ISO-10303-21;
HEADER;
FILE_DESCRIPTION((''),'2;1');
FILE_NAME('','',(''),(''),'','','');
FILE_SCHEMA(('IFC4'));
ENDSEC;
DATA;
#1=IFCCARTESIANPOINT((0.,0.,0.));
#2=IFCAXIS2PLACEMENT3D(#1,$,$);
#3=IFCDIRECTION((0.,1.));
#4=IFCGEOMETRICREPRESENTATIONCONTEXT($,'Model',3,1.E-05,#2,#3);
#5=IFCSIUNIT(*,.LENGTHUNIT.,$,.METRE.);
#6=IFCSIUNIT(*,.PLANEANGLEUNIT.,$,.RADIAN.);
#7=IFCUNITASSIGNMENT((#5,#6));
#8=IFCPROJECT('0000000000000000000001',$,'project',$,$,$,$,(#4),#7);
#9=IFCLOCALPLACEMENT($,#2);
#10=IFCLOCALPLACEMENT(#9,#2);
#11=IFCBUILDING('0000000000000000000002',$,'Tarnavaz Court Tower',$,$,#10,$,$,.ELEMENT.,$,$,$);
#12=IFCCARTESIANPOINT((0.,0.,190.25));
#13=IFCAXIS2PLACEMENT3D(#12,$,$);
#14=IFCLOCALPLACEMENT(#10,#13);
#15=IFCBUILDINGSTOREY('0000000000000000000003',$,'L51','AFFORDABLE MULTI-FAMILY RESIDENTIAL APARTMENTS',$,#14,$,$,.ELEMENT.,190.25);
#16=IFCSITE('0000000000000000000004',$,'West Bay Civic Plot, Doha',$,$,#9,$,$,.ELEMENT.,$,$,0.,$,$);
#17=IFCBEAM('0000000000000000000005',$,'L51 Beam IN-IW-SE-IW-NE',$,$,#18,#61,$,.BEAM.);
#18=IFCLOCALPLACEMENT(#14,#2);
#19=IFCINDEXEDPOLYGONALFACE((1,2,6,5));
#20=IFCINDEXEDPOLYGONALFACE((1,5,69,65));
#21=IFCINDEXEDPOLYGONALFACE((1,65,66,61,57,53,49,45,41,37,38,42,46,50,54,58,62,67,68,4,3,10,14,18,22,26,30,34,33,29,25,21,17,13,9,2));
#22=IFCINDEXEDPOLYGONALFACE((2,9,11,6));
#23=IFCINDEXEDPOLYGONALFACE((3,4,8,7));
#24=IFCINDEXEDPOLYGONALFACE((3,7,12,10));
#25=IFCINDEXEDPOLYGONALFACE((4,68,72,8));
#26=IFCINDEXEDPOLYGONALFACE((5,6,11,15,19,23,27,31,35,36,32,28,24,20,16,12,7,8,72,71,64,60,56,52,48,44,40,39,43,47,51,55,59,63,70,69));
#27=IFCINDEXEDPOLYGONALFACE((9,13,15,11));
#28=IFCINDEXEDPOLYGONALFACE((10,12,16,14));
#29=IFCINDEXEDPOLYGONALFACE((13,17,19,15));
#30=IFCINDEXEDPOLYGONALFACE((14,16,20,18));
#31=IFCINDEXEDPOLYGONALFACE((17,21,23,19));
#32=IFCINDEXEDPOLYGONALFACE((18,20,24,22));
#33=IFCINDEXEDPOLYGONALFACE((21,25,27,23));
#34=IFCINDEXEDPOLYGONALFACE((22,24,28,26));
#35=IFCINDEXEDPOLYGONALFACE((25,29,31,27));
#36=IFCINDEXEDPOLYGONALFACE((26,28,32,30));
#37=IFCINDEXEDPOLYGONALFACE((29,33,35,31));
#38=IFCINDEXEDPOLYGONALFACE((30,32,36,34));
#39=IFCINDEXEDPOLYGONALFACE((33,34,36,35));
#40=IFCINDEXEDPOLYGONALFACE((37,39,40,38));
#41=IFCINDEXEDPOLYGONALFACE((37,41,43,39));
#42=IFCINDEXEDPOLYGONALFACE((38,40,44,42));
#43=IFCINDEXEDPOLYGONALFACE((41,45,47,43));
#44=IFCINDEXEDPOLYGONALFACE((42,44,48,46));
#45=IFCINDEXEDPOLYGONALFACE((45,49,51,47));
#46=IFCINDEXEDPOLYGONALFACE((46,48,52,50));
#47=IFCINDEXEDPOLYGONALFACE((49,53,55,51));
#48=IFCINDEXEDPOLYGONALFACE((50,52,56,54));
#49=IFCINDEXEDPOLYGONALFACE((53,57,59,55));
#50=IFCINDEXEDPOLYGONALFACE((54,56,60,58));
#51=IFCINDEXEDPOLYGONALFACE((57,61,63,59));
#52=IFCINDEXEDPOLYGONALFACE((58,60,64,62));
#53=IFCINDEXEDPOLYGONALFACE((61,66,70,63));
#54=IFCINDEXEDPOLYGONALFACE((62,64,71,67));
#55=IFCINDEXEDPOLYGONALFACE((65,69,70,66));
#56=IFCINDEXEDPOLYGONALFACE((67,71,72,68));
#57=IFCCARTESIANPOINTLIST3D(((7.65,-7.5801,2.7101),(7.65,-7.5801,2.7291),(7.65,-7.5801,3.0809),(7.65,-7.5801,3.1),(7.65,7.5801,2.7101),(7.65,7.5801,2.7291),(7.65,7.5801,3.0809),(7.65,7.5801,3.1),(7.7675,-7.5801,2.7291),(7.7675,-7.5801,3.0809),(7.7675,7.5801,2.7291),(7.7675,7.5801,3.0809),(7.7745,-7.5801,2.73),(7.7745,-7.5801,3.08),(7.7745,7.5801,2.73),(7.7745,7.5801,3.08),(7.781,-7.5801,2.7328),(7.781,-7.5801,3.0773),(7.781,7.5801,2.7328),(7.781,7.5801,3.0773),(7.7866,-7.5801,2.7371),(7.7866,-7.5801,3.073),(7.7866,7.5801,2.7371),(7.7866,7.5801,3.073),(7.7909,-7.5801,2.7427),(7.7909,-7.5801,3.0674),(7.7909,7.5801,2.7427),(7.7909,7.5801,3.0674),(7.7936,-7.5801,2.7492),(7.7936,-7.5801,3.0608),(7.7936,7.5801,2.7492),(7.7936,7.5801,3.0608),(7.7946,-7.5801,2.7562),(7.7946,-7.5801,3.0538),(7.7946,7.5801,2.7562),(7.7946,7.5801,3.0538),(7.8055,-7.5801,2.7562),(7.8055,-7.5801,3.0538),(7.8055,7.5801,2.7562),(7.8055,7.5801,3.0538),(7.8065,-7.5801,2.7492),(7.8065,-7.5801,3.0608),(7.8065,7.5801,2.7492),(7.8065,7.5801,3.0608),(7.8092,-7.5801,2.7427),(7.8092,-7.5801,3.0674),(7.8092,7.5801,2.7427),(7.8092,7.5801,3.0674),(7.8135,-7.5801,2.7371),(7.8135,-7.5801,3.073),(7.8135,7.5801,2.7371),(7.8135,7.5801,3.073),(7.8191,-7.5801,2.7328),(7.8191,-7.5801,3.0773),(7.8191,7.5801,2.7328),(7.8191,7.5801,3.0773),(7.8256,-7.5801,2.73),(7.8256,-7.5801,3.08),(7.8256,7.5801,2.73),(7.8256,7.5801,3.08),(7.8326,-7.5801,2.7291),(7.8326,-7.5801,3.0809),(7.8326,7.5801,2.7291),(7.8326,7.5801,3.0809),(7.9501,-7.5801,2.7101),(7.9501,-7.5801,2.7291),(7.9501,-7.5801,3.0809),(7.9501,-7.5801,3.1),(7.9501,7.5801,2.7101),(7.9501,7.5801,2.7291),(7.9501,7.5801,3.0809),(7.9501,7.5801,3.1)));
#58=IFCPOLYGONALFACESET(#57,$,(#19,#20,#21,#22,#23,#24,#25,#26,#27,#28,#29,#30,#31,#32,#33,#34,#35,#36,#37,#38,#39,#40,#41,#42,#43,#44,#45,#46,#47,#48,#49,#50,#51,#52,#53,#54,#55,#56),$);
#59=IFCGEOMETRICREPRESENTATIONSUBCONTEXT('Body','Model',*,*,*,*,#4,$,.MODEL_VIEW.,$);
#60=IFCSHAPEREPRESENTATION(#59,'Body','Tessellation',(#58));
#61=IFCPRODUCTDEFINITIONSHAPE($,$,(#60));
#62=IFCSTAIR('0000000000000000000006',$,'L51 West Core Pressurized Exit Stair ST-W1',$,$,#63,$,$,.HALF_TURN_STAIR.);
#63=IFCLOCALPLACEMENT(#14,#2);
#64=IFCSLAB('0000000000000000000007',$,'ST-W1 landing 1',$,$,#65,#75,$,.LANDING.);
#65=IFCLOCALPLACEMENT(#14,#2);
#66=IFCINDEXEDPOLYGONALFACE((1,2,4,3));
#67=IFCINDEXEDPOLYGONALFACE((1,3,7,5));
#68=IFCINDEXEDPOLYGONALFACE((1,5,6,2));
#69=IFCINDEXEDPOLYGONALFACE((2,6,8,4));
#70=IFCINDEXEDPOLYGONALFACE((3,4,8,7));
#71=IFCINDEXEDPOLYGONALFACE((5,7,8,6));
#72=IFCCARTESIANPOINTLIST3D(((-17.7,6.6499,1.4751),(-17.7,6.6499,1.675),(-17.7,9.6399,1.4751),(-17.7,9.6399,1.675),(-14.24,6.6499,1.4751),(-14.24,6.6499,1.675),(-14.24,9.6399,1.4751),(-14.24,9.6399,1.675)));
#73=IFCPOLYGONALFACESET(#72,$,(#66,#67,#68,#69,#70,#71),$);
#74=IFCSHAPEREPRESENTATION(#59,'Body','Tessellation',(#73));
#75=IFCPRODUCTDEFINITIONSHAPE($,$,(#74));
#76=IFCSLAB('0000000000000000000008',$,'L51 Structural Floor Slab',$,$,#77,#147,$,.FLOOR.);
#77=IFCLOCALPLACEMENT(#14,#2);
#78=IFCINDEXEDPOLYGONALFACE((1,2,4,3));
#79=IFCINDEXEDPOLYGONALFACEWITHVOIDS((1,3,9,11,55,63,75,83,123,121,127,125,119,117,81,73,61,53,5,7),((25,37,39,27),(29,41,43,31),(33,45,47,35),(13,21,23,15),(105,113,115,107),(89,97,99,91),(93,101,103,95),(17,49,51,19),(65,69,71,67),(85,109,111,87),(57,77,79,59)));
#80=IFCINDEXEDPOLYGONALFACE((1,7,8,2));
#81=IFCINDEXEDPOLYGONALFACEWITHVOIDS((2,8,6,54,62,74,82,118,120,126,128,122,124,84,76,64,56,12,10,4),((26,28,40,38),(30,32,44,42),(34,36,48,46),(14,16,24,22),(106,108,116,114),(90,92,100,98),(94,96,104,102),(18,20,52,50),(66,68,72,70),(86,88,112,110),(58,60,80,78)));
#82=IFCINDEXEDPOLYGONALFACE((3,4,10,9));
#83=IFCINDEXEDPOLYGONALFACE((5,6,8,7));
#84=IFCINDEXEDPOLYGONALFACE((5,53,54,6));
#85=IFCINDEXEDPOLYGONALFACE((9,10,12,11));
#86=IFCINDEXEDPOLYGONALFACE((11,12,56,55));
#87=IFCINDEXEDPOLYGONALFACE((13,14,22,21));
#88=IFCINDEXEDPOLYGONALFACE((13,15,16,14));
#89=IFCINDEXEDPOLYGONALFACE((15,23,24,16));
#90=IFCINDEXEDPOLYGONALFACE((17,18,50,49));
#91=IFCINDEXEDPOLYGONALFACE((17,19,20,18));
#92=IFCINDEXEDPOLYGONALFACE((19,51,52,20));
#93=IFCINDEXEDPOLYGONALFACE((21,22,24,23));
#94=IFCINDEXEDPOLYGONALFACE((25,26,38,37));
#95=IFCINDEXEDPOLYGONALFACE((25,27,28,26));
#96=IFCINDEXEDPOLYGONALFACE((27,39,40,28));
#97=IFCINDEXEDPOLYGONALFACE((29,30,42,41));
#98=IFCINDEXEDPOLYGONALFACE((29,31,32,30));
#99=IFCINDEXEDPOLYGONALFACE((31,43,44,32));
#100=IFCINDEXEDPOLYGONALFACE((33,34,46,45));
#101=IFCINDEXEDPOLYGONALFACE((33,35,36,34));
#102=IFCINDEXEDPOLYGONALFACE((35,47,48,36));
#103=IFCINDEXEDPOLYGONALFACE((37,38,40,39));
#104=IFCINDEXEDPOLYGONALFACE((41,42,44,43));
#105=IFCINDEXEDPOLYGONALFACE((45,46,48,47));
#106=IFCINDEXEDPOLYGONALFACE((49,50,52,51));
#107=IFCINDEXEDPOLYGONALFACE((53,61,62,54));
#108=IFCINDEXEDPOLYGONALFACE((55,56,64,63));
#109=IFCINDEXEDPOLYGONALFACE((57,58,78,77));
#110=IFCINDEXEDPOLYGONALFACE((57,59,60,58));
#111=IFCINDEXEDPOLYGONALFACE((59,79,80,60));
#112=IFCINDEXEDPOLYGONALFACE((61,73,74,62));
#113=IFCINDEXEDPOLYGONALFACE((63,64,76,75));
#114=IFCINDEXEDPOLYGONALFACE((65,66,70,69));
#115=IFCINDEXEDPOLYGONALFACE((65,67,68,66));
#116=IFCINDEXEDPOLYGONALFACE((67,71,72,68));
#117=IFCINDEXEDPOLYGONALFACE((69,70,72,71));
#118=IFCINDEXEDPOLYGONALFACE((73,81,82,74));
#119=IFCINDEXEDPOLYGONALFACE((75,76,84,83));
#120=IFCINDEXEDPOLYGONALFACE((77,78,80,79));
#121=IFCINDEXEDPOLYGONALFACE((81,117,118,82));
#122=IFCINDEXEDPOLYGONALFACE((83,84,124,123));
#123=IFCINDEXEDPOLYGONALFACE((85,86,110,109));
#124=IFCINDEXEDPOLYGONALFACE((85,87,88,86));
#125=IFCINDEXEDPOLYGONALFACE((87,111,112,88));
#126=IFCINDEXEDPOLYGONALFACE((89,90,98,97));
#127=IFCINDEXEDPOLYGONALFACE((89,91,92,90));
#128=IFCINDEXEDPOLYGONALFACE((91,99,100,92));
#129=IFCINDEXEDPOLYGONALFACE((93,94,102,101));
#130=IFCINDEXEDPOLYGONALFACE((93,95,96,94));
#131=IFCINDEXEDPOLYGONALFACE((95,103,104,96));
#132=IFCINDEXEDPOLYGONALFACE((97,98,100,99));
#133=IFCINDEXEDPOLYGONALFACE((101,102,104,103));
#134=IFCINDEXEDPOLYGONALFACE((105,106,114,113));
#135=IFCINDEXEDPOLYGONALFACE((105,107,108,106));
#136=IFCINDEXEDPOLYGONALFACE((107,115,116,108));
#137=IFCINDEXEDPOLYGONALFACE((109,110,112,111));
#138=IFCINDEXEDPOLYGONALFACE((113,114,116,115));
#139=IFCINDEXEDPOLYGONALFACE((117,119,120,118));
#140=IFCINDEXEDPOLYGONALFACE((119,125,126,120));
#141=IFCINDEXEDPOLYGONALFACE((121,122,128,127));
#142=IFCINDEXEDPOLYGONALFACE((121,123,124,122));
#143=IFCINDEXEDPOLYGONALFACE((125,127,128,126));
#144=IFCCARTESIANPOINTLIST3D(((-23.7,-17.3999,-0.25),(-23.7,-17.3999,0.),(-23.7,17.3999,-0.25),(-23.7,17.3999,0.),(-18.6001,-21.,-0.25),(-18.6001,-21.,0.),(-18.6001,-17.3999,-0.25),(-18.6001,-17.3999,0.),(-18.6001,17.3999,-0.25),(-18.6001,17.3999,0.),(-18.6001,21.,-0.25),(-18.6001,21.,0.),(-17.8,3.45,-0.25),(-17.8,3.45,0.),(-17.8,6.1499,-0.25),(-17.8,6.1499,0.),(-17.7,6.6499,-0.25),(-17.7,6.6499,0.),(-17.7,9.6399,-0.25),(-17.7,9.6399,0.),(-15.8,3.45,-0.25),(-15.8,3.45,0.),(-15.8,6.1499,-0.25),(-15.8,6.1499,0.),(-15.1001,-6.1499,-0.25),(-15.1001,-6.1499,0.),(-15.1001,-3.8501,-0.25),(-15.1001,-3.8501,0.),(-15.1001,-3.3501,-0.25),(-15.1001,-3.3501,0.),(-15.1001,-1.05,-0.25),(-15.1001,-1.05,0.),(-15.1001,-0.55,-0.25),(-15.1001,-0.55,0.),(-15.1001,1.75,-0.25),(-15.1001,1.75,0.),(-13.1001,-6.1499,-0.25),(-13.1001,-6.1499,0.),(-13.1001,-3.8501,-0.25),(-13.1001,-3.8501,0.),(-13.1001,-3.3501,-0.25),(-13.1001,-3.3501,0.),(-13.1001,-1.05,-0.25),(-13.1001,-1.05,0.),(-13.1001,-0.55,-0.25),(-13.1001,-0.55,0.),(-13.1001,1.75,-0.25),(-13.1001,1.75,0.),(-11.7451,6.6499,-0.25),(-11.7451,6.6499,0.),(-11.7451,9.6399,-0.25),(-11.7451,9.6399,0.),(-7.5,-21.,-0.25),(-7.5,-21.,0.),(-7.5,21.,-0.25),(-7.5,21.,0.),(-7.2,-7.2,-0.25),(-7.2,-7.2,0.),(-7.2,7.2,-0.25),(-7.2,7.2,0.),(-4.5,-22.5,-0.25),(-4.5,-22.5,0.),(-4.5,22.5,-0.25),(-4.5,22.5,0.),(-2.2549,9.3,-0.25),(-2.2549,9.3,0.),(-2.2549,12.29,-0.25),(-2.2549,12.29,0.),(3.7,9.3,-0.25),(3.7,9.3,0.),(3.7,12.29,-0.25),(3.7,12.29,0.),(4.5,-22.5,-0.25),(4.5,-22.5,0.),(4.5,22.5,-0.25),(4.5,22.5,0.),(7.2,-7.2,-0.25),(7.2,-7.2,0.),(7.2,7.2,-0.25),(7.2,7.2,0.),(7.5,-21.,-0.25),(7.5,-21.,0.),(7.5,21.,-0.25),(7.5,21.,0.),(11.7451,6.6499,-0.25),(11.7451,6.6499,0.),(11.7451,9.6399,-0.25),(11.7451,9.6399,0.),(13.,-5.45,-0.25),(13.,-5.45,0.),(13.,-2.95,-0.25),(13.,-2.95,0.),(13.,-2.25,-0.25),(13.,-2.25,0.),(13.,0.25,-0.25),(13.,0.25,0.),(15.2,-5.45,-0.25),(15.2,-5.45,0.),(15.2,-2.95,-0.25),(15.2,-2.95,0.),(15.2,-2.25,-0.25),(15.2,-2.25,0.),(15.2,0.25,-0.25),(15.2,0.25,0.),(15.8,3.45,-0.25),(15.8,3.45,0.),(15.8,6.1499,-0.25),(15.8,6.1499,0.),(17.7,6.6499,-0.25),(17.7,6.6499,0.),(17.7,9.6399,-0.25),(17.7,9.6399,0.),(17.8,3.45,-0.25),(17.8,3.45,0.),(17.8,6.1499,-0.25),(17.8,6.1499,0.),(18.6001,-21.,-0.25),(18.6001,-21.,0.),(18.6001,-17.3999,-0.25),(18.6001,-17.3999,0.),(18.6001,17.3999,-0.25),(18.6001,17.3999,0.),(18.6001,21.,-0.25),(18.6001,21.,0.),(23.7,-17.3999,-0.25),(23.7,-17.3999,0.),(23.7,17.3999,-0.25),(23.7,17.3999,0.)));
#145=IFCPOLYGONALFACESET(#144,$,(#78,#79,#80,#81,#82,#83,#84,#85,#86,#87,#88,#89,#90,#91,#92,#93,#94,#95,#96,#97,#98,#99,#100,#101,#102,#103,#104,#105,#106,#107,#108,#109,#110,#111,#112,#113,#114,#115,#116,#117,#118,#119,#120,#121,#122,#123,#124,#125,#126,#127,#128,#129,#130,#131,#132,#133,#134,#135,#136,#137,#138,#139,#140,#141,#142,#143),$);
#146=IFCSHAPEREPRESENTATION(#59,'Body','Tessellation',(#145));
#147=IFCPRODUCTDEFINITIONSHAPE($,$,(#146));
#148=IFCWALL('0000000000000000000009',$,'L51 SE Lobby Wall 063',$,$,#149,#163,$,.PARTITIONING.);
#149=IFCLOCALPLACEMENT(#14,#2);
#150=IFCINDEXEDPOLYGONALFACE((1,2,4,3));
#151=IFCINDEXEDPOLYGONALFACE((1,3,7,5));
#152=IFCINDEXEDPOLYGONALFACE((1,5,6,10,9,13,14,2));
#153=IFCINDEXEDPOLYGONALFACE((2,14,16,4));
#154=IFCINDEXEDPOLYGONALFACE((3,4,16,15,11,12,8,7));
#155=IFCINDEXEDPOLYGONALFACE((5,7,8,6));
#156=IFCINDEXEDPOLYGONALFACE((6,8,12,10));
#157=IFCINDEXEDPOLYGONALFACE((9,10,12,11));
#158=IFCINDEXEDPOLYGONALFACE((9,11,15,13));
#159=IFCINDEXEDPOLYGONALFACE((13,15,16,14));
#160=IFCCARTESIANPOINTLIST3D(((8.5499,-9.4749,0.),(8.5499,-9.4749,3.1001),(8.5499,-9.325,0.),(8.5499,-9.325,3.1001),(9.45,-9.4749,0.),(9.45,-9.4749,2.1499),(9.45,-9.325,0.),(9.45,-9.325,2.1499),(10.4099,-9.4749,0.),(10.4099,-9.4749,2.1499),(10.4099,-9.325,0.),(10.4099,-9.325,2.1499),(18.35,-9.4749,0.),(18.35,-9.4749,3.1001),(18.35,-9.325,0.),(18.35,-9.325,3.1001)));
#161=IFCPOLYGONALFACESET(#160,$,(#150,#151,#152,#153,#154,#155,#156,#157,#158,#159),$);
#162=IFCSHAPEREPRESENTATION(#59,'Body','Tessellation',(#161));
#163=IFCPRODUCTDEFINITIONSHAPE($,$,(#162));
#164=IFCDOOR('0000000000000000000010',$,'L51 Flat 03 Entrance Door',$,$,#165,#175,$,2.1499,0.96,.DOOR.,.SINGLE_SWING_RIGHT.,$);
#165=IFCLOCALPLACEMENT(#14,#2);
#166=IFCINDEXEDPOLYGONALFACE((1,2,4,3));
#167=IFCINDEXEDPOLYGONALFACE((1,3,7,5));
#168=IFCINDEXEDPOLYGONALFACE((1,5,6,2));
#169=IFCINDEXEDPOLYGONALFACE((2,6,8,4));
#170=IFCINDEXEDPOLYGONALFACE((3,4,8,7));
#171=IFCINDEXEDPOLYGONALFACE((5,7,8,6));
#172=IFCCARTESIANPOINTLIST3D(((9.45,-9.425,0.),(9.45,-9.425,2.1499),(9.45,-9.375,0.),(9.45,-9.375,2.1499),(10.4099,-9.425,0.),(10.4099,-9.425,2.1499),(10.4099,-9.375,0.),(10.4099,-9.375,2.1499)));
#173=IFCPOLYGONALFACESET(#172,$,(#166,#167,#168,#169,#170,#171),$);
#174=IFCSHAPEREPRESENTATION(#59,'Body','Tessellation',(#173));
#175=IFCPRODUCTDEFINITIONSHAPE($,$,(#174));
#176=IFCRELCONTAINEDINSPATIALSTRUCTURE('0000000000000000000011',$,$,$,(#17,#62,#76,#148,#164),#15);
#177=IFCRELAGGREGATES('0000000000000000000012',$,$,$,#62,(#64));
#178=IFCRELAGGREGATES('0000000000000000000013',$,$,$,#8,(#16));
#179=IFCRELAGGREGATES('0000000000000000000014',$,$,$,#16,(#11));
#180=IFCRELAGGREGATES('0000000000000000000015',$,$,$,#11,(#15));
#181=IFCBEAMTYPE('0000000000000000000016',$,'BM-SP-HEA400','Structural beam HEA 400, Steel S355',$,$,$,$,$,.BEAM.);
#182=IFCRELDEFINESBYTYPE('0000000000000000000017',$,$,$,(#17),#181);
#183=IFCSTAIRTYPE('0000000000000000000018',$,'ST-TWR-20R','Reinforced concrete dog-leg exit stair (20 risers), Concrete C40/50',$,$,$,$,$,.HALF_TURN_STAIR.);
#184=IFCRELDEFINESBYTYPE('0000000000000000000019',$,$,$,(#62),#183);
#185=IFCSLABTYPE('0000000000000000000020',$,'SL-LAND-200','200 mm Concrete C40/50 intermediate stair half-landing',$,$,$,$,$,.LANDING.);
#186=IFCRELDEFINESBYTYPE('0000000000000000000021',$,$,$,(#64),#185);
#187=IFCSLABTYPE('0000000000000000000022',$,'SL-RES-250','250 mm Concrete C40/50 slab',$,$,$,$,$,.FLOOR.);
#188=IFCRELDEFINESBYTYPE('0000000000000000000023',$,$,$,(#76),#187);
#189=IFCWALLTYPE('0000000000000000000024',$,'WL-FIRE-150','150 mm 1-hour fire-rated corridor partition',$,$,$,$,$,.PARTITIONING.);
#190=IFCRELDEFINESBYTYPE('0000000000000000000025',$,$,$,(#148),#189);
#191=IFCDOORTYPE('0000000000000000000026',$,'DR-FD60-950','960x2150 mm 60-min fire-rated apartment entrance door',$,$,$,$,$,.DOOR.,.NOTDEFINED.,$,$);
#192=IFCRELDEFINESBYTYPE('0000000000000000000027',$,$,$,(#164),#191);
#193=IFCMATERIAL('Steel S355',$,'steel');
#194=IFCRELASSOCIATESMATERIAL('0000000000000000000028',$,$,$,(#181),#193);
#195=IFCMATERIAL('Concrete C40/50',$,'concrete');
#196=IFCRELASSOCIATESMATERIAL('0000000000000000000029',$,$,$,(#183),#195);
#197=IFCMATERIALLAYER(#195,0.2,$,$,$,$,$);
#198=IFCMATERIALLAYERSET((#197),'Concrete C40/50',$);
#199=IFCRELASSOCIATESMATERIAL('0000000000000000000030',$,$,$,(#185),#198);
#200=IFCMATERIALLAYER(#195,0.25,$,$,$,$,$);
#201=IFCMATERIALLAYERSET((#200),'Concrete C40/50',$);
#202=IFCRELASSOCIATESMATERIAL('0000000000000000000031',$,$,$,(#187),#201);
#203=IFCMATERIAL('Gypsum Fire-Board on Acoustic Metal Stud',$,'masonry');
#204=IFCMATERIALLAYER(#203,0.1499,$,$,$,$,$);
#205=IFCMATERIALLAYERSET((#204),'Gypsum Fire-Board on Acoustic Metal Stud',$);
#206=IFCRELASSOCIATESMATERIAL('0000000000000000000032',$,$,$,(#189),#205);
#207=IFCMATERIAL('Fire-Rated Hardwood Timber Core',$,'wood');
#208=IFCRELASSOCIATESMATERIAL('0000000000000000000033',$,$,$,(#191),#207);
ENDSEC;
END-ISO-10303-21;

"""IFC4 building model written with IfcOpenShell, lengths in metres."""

from ifc_helpers import new_model, si_unit, direction, frame, frame_2d, origin, origin_2d, place, context, subcontext, project, spatial, polyline, rectangle, i_section, outline, extrude, material, layer, layer_set, material_profile, profile_set, type_object, element, fill, aggregate, save


model = new_model("IFC4")

# Units and contexts
model_context = context("Model", 3, precision=1e-05, world=origin(), true_north=direction((0.0, 1.0)))
body_context = subcontext(model_context, "Body", "Model", "MODEL_VIEW")
ifc_project = project(units=[si_unit("LENGTHUNIT", "METRE"), si_unit("PLANEANGLEUNIT", "RADIAN")], contexts=[model_context])

# Site, building, storey
site_placement = place(None, origin())
site = spatial("IfcSite", under=ifc_project, at=site_placement, Name="West Bay Civic Plot, Doha", CompositionType="ELEMENT", RefElevation=0.0)
building_placement = place(site_placement, origin())
building = spatial("IfcBuilding", under=site, at=building_placement, Name="Tarnavaz Court Tower", CompositionType="ELEMENT")
storey_placement = place(building_placement, frame((0.0, 0.0, 190.25)))
storey = spatial("IfcBuildingStorey", under=building, at=storey_placement, Name="L51", Description="AFFORDABLE MULTI-FAMILY RESIDENTIAL APARTMENTS", CompositionType="ELEMENT", Elevation=190.25)

# Beam
ifc_material_1 = material(Name="Steel S355", Category="steel")
ifc_material_profile_1 = material_profile(ifc_material_1, i_section(OverallWidth=0.3, OverallDepth=0.3899, WebThickness=0.011, FlangeThickness=0.019, FilletRadius=0.0271, at=origin_2d()), Name="HEA 400")
ifc_profile_set_1 = profile_set([ifc_material_profile_1], Name="Steel S355")
beam_type_1 = type_object("IfcBeamType", Name="BM-SP-HEA400", Description="Structural beam HEA 400, Steel S355", PredefinedType="BEAM", material=ifc_profile_set_1)
beam_1_placement = place(storey_placement, frame((7.8, -7.5801, 2.905), z_axis=(0.0, 1.0, 0.0), x_axis=(-1.0, 0.0, 0.0)))
element("IfcBeam", 1, at=beam_1_placement, inside=storey, type_object=beam_type_1, Name="L51 Beam IN-IW-SE-IW-NE", PredefinedType="BEAM", context=body_context, shape_type="SweptSolid", body=[
    extrude(i_section(OverallWidth=0.3, OverallDepth=0.3899, WebThickness=0.011, FlangeThickness=0.019, FilletRadius=0.0271, at=origin_2d()), origin(), (0.0, 0.0, 1.0), 15.1602),
])

# Stair, slab
ifc_material_2 = material(Name="Concrete C40/50", Category="concrete")
stair_type = type_object("IfcStairType", Name="ST-TWR-20R", Description="Reinforced concrete dog-leg exit stair (20 risers), Concrete C40/50", PredefinedType="HALF_TURN_STAIR", material=ifc_material_2)
stair_placement = place(storey_placement, origin())
stair = element("IfcStair", 2, at=stair_placement, inside=storey, type_object=stair_type, Name="L51 West Core Pressurized Exit Stair ST-W1", PredefinedType="HALF_TURN_STAIR")
ifc_layer_1 = layer(ifc_material_2, 0.2)
ifc_layer_set_1 = layer_set([ifc_layer_1], Name="Concrete C40/50")
slab_type_1 = type_object("IfcSlabType", Name="SL-LAND-200", Description="200 mm Concrete C40/50 intermediate stair half-landing", PredefinedType="LANDING", material=ifc_layer_set_1)
slab_1_placement = place(storey_placement, frame((0.0, 0.0, 1.4751)))
slab_1 = element("IfcSlab", 3, at=slab_1_placement, type_object=slab_type_1, Name="ST-W1 landing 1", PredefinedType="LANDING", context=body_context, shape_type="SweptSolid", body=[
    extrude(outline(polyline([(-14.24, 9.6399), (-17.7, 9.6399), (-17.7, 6.6499), (-14.24, 6.6499), (-14.24, 9.6399)])), origin(), (0.0, 0.0, 1.0), 0.2),
])
aggregate(stair, [slab_1])

# Slab
ifc_layer_2 = layer(ifc_material_2, 0.25)
ifc_layer_set_2 = layer_set([ifc_layer_2], Name="Concrete C40/50")
slab_type_2 = type_object("IfcSlabType", Name="SL-RES-250", Description="250 mm Concrete C40/50 slab", PredefinedType="FLOOR", material=ifc_layer_set_2)
slab_2_placement = place(storey_placement, frame((0.0, 0.0, -0.25)))
element("IfcSlab", 4, at=slab_2_placement, inside=storey, type_object=slab_type_2, Name="L51 Structural Floor Slab", PredefinedType="FLOOR", context=body_context, shape_type="SweptSolid", body=[
    extrude(outline(polyline([(-18.6001, -21.0), (-7.5, -21.0), (-4.5, -22.5), (4.5, -22.5), (7.5, -21.0), (18.6001, -21.0), (18.6001, -17.3999), (23.7, -17.3999), (23.7, 17.3999), (18.6001, 17.3999), (18.6001, 21.0), (7.5, 21.0), (4.5, 22.5), (-4.5, 22.5), (-7.5, 21.0), (-18.6001, 21.0), (-18.6001, 17.3999), (-23.7, 17.3999), (-23.7, -17.3999), (-18.6001, -17.3999), (-18.6001, -21.0)]), holes=[polyline([(-7.2, -7.2), (7.2, -7.2), (7.2, 7.2), (-7.2, 7.2), (-7.2, -7.2)]), polyline([(-11.7451, 9.6399), (-17.7, 9.6399), (-17.7, 6.6499), (-11.7451, 6.6499), (-11.7451, 9.6399)]), polyline([(11.7451, 6.6499), (17.7, 6.6499), (17.7, 9.6399), (11.7451, 9.6399), (11.7451, 6.6499)]), polyline([(-2.2549, 9.3), (3.7, 9.3), (3.7, 12.29), (-2.2549, 12.29), (-2.2549, 9.3)]), polyline([(-17.8, 3.45), (-15.8, 3.45), (-15.8, 6.1499), (-17.8, 6.1499), (-17.8, 3.45)]), polyline([(-15.1001, -6.1499), (-13.1001, -6.1499), (-13.1001, -3.8501), (-15.1001, -3.8501), (-15.1001, -6.1499)]), polyline([(-15.1001, -3.3501), (-13.1001, -3.3501), (-13.1001, -1.05), (-15.1001, -1.05), (-15.1001, -3.3501)]), polyline([(-15.1001, -0.55), (-13.1001, -0.55), (-13.1001, 1.75), (-15.1001, 1.75), (-15.1001, -0.55)]), polyline([(15.8, 3.45), (17.8, 3.45), (17.8, 6.1499), (15.8, 6.1499), (15.8, 3.45)]), polyline([(13.0, -5.45), (15.2, -5.45), (15.2, -2.95), (13.0, -2.95), (13.0, -5.45)]), polyline([(13.0, -2.25), (15.2, -2.25), (15.2, 0.25), (13.0, 0.25), (13.0, -2.25)])]), origin(), (0.0, 0.0, 1.0), 0.25),
])

# Wall, opening, door
ifc_material_3 = material(Name="Gypsum Fire-Board on Acoustic Metal Stud", Category="masonry")
ifc_layer_3 = layer(ifc_material_3, 0.1499)
ifc_layer_set_3 = layer_set([ifc_layer_3], Name="Gypsum Fire-Board on Acoustic Metal Stud")
wall_type_1 = type_object("IfcWallType", Name="WL-FIRE-150", Description="150 mm 1-hour fire-rated corridor partition", PredefinedType="PARTITIONING", material=ifc_layer_set_3)
wall_1_placement = place(storey_placement, frame((8.55, -9.3999, 0.0), z_axis=(0.0, 0.0, 1.0), x_axis=(1.0, 0.0, 0.0)))
wall_1 = element("IfcWall", 5, at=wall_1_placement, inside=storey, type_object=wall_type_1, Name="L51 SE Lobby Wall 063", PredefinedType="PARTITIONING", context=body_context, shape_type="SweptSolid", body=[
    extrude(rectangle(XDim=9.8, YDim=0.1499, at=frame_2d((4.8999, 0.0))), origin(), (0.0, 0.0, 1.0), 3.1001),
])
opening_1_placement = place(wall_1_placement, frame((0.8999, 0.0, 0.0)))
opening_1 = element("IfcOpeningElement", 6, at=opening_1_placement, cuts=wall_1, PredefinedType="OPENING", context=body_context, shape_type="SweptSolid", body=[
    extrude(rectangle(XDim=0.96, YDim=2.1499, at=frame_2d((0.48, 1.075))), frame((0.0, 0.085, 0.0), z_axis=(0.0, -1.0, 0.0), x_axis=(1.0, 0.0, 0.0)), (0.0, 0.0, 1.0), 0.1699),
])
ifc_material_4 = material(Name="Fire-Rated Hardwood Timber Core", Category="wood")
door_type_1 = type_object("IfcDoorType", Name="DR-FD60-950", Description="960x2150 mm 60-min fire-rated apartment entrance door", OperationType="NOTDEFINED", PredefinedType="DOOR", material=ifc_material_4)
door_1_placement = place(opening_1_placement, origin())
door_1 = element("IfcDoor", 7, at=door_1_placement, inside=storey, type_object=door_type_1, Name="L51 Flat 03 Entrance Door", OperationType="SINGLE_SWING_RIGHT", OverallHeight=2.1499, OverallWidth=0.96, PredefinedType="DOOR", context=body_context, shape_type="SweptSolid", body=[
    extrude(rectangle(XDim=0.96, YDim=2.1499, at=frame_2d((0.48, 1.075))), frame((0.0, 0.0249, 0.0), z_axis=(0.0, -1.0, 0.0), x_axis=(1.0, 0.0, 0.0)), (0.0, 0.0, 1.0), 0.05),
])
fill(opening_1, door_1)

save(model, "model.ifc")
